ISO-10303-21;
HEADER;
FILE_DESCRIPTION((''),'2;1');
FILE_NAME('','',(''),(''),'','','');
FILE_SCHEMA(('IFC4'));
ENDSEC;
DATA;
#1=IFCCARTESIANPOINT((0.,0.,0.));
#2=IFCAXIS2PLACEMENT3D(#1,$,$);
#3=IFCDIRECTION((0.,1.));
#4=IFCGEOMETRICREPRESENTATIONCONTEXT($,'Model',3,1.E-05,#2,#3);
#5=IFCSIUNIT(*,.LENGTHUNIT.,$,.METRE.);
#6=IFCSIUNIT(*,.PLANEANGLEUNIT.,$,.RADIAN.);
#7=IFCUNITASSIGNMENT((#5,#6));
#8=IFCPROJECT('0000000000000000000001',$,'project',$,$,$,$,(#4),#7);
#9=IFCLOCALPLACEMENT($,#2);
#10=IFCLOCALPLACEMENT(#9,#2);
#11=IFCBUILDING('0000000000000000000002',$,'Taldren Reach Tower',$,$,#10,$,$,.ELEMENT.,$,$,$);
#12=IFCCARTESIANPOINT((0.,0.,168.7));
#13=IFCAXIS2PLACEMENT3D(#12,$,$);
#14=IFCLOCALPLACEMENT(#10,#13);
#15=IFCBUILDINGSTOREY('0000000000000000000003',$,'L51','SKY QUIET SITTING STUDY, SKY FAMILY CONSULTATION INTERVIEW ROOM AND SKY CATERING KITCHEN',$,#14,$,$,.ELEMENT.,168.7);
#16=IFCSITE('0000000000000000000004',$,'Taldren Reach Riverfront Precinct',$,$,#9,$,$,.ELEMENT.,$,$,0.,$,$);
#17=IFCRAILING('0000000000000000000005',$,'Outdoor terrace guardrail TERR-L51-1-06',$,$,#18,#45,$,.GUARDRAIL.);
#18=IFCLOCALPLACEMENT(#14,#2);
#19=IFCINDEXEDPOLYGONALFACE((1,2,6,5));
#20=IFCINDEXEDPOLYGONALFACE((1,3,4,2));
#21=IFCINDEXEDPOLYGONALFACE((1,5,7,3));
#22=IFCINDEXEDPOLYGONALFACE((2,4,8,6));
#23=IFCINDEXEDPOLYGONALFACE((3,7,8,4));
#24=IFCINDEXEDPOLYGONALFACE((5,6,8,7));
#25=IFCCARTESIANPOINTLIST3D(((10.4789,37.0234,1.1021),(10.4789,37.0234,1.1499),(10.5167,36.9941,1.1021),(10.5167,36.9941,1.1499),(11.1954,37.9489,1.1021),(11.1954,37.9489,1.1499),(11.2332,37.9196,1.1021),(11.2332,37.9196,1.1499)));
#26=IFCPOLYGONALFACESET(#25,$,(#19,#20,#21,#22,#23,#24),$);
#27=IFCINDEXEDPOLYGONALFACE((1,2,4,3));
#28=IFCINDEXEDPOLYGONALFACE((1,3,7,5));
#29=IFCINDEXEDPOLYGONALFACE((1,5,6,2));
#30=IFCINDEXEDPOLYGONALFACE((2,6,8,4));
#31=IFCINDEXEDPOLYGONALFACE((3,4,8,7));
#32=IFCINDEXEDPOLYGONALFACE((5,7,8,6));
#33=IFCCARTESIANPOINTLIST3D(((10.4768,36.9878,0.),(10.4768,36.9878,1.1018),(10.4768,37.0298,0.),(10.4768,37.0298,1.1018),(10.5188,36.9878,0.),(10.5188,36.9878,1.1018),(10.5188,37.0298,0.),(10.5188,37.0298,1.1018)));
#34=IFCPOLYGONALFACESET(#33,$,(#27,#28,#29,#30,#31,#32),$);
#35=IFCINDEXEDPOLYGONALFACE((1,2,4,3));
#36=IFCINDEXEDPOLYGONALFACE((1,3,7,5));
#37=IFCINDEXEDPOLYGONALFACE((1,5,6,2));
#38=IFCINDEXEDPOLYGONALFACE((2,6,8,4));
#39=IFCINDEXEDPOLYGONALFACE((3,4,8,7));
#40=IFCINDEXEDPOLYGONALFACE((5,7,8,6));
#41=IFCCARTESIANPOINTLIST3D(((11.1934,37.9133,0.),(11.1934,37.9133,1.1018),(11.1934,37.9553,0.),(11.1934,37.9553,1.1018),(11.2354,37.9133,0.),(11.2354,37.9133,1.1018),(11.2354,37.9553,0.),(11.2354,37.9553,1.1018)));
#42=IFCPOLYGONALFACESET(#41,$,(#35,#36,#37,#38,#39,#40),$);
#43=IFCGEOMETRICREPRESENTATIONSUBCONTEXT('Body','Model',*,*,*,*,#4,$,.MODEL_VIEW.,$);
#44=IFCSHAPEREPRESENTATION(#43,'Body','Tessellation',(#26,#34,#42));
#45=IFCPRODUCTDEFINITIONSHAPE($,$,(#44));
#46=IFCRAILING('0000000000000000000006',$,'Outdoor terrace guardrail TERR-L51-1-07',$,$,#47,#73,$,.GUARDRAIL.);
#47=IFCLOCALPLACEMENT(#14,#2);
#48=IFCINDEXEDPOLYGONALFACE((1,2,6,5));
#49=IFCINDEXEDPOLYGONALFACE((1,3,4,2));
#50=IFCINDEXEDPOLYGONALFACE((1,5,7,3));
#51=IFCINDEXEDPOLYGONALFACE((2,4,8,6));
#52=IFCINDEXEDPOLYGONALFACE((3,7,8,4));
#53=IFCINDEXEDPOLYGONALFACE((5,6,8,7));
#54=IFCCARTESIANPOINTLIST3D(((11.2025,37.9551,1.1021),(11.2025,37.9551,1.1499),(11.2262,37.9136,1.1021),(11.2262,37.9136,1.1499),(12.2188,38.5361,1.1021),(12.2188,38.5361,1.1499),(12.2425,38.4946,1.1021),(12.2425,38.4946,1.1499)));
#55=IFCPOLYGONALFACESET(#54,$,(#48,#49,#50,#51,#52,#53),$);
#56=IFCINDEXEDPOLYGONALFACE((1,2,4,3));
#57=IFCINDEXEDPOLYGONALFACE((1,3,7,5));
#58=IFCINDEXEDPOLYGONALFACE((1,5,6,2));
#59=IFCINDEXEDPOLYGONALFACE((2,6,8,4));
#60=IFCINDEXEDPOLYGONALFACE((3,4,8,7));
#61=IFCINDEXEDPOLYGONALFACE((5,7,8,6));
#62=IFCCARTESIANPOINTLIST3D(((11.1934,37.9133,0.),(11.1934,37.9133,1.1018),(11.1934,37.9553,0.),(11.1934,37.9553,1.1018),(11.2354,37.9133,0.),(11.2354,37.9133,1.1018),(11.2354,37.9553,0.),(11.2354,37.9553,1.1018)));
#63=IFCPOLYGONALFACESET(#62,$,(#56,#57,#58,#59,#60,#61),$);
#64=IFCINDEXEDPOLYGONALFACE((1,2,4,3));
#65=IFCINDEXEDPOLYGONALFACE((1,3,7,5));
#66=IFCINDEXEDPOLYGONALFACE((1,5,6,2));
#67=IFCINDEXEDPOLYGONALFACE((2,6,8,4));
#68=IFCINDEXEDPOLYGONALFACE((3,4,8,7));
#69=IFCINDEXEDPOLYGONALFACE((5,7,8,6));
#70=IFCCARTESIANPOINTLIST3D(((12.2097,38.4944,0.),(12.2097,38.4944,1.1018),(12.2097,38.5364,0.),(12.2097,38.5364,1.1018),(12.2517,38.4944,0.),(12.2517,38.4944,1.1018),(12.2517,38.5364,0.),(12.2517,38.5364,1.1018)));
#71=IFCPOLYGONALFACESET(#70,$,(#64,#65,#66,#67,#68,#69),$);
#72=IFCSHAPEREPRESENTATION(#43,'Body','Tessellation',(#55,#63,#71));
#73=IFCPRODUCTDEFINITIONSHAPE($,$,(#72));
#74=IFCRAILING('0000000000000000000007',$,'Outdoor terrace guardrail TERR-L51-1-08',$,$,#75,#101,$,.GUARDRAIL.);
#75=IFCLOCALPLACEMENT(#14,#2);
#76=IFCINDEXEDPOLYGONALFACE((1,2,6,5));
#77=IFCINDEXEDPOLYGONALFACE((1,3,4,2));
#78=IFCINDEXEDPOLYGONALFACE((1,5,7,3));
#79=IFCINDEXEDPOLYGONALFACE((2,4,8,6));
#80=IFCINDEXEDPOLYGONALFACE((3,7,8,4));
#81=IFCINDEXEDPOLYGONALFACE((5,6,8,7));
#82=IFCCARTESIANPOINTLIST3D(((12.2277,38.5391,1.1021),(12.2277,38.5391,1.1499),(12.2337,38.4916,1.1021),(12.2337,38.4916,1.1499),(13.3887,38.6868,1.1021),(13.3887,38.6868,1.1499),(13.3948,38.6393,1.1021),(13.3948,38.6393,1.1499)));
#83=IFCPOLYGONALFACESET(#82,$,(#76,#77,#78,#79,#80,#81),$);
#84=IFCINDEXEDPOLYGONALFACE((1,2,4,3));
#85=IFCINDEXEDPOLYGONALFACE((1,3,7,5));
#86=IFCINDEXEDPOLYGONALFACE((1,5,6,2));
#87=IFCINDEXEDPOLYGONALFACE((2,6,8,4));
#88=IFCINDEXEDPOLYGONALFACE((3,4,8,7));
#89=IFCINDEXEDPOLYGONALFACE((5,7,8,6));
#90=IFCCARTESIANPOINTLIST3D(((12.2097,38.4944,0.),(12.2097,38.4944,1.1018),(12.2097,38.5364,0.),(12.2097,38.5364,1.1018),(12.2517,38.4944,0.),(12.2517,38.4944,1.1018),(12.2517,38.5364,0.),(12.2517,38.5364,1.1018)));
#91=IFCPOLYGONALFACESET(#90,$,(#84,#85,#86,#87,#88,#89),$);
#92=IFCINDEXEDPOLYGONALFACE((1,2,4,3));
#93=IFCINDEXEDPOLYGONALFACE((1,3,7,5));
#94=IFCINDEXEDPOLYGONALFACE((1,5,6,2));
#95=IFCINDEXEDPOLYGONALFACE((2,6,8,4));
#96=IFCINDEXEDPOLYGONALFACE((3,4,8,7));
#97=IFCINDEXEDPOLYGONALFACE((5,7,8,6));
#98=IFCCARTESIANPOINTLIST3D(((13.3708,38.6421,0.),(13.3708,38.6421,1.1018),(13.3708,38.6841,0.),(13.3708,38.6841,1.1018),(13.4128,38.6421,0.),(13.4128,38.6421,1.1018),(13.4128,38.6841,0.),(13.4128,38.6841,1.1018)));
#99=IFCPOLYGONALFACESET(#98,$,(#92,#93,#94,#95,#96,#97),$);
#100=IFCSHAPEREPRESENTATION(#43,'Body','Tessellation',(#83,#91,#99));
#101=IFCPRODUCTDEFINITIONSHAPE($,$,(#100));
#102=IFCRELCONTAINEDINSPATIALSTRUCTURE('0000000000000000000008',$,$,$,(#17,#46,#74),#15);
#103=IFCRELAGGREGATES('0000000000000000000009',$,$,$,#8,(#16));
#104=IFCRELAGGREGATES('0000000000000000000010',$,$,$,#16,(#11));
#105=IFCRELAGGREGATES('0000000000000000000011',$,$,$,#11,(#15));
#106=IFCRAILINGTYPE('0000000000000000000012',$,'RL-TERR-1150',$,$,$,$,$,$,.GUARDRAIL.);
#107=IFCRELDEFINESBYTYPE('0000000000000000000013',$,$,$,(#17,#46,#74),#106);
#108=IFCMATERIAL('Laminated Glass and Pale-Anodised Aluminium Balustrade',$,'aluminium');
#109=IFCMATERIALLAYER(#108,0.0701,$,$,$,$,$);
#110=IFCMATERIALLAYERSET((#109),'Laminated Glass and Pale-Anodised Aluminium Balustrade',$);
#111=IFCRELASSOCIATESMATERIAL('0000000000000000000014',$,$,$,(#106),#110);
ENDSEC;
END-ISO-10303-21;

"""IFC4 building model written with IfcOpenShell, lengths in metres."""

from ifc_helpers import new_model, si_unit, direction, frame, origin, origin_2d, place, context, subcontext, project, spatial, rectangle, extrude, material, layer, layer_set, type_object, element, save


model = new_model("IFC4")

# Units and contexts
model_context = context("Model", 3, precision=1e-05, world=origin(), true_north=direction((0.0, 1.0)))
body_context = subcontext(model_context, "Body", "Model", "MODEL_VIEW")
ifc_project = project(units=[si_unit("LENGTHUNIT", "METRE"), si_unit("PLANEANGLEUNIT", "RADIAN")], contexts=[model_context])

# Site, building, storey
site_placement = place(None, origin())
site = spatial("IfcSite", under=ifc_project, at=site_placement, Name="Taldren Reach Riverfront Precinct", CompositionType="ELEMENT", RefElevation=0.0)
building_placement = place(site_placement, origin())
building = spatial("IfcBuilding", under=site, at=building_placement, Name="Taldren Reach Tower", CompositionType="ELEMENT")
storey_placement = place(building_placement, frame((0.0, 0.0, 168.7)))
storey = spatial("IfcBuildingStorey", under=building, at=storey_placement, Name="L51", Description="SKY QUIET SITTING STUDY, SKY FAMILY CONSULTATION INTERVIEW ROOM AND SKY CATERING KITCHEN", CompositionType="ELEMENT", Elevation=168.7)

# Railings
ifc_material_1 = material(Name="Laminated Glass and Pale-Anodised Aluminium Balustrade", Category="aluminium")
ifc_layer_1 = layer(ifc_material_1, 0.0701)
ifc_layer_set_1 = layer_set([ifc_layer_1], Name="Laminated Glass and Pale-Anodised Aluminium Balustrade")
railing_type = type_object("IfcRailingType", Name="RL-TERR-1150", PredefinedType="GUARDRAIL", material=ifc_layer_set_1)
railing_1_placement = place(storey_placement, frame((10.4978, 37.0088, 0.0)))
element("IfcRailing", 1, at=railing_1_placement, inside=storey, type_object=railing_type, Name="Outdoor terrace guardrail TERR-L51-1-06", PredefinedType="GUARDRAIL", context=body_context, shape_type="SweptSolid", body=[
    extrude(rectangle(XDim=0.0479, YDim=0.0479, at=origin_2d()), frame((0.0, 0.0, 1.126), z_axis=(0.612177, 0.79072, 0.0), x_axis=(-0.79072, 0.612177, 0.0)), (0.0, 0.0, 1.0), 1.1704),
    extrude(rectangle(XDim=0.042, YDim=0.042, at=origin_2d()), origin(), (0.0, 0.0, 1.0), 1.1018),
    extrude(rectangle(XDim=0.042, YDim=0.042, at=origin_2d()), frame((0.7166, 0.9255, 0.0)), (0.0, 0.0, 1.0), 1.1018),
])
railing_2_placement = place(storey_placement, frame((11.2144, 37.9343, 0.0)))
element("IfcRailing", 2, at=railing_2_placement, inside=storey, type_object=railing_type, Name="Outdoor terrace guardrail TERR-L51-1-07", PredefinedType="GUARDRAIL", context=body_context, shape_type="SweptSolid", body=[
    extrude(rectangle(XDim=0.0479, YDim=0.0479, at=origin_2d()), frame((0.0, 0.0, 1.126), z_axis=(0.86814, 0.496319, 0.0), x_axis=(-0.496319, 0.86814, 0.0)), (0.0, 0.0, 1.0), 1.1707),
    extrude(rectangle(XDim=0.042, YDim=0.042, at=origin_2d()), origin(), (0.0, 0.0, 1.0), 1.1018),
    extrude(rectangle(XDim=0.042, YDim=0.042, at=origin_2d()), frame((1.0164, 0.5811, 0.0)), (0.0, 0.0, 1.0), 1.1018),
])
railing_3_placement = place(storey_placement, frame((12.2307, 38.5154, 0.0)))
element("IfcRailing", 3, at=railing_3_placement, inside=storey, type_object=railing_type, Name="Outdoor terrace guardrail TERR-L51-1-08", PredefinedType="GUARDRAIL", context=body_context, shape_type="SweptSolid", body=[
    extrude(rectangle(XDim=0.0479, YDim=0.0479, at=origin_2d()), frame((0.0, 0.0, 1.126), z_axis=(0.992006, 0.126191, 0.0), x_axis=(-0.126191, 0.992006, 0.0)), (0.0, 0.0, 1.0), 1.1704),
    extrude(rectangle(XDim=0.042, YDim=0.042, at=origin_2d()), origin(), (0.0, 0.0, 1.0), 1.1018),
    extrude(rectangle(XDim=0.042, YDim=0.042, at=origin_2d()), frame((1.1611, 0.1477, 0.0)), (0.0, 0.0, 1.0), 1.1018),
])

save(model, "model.ifc")
